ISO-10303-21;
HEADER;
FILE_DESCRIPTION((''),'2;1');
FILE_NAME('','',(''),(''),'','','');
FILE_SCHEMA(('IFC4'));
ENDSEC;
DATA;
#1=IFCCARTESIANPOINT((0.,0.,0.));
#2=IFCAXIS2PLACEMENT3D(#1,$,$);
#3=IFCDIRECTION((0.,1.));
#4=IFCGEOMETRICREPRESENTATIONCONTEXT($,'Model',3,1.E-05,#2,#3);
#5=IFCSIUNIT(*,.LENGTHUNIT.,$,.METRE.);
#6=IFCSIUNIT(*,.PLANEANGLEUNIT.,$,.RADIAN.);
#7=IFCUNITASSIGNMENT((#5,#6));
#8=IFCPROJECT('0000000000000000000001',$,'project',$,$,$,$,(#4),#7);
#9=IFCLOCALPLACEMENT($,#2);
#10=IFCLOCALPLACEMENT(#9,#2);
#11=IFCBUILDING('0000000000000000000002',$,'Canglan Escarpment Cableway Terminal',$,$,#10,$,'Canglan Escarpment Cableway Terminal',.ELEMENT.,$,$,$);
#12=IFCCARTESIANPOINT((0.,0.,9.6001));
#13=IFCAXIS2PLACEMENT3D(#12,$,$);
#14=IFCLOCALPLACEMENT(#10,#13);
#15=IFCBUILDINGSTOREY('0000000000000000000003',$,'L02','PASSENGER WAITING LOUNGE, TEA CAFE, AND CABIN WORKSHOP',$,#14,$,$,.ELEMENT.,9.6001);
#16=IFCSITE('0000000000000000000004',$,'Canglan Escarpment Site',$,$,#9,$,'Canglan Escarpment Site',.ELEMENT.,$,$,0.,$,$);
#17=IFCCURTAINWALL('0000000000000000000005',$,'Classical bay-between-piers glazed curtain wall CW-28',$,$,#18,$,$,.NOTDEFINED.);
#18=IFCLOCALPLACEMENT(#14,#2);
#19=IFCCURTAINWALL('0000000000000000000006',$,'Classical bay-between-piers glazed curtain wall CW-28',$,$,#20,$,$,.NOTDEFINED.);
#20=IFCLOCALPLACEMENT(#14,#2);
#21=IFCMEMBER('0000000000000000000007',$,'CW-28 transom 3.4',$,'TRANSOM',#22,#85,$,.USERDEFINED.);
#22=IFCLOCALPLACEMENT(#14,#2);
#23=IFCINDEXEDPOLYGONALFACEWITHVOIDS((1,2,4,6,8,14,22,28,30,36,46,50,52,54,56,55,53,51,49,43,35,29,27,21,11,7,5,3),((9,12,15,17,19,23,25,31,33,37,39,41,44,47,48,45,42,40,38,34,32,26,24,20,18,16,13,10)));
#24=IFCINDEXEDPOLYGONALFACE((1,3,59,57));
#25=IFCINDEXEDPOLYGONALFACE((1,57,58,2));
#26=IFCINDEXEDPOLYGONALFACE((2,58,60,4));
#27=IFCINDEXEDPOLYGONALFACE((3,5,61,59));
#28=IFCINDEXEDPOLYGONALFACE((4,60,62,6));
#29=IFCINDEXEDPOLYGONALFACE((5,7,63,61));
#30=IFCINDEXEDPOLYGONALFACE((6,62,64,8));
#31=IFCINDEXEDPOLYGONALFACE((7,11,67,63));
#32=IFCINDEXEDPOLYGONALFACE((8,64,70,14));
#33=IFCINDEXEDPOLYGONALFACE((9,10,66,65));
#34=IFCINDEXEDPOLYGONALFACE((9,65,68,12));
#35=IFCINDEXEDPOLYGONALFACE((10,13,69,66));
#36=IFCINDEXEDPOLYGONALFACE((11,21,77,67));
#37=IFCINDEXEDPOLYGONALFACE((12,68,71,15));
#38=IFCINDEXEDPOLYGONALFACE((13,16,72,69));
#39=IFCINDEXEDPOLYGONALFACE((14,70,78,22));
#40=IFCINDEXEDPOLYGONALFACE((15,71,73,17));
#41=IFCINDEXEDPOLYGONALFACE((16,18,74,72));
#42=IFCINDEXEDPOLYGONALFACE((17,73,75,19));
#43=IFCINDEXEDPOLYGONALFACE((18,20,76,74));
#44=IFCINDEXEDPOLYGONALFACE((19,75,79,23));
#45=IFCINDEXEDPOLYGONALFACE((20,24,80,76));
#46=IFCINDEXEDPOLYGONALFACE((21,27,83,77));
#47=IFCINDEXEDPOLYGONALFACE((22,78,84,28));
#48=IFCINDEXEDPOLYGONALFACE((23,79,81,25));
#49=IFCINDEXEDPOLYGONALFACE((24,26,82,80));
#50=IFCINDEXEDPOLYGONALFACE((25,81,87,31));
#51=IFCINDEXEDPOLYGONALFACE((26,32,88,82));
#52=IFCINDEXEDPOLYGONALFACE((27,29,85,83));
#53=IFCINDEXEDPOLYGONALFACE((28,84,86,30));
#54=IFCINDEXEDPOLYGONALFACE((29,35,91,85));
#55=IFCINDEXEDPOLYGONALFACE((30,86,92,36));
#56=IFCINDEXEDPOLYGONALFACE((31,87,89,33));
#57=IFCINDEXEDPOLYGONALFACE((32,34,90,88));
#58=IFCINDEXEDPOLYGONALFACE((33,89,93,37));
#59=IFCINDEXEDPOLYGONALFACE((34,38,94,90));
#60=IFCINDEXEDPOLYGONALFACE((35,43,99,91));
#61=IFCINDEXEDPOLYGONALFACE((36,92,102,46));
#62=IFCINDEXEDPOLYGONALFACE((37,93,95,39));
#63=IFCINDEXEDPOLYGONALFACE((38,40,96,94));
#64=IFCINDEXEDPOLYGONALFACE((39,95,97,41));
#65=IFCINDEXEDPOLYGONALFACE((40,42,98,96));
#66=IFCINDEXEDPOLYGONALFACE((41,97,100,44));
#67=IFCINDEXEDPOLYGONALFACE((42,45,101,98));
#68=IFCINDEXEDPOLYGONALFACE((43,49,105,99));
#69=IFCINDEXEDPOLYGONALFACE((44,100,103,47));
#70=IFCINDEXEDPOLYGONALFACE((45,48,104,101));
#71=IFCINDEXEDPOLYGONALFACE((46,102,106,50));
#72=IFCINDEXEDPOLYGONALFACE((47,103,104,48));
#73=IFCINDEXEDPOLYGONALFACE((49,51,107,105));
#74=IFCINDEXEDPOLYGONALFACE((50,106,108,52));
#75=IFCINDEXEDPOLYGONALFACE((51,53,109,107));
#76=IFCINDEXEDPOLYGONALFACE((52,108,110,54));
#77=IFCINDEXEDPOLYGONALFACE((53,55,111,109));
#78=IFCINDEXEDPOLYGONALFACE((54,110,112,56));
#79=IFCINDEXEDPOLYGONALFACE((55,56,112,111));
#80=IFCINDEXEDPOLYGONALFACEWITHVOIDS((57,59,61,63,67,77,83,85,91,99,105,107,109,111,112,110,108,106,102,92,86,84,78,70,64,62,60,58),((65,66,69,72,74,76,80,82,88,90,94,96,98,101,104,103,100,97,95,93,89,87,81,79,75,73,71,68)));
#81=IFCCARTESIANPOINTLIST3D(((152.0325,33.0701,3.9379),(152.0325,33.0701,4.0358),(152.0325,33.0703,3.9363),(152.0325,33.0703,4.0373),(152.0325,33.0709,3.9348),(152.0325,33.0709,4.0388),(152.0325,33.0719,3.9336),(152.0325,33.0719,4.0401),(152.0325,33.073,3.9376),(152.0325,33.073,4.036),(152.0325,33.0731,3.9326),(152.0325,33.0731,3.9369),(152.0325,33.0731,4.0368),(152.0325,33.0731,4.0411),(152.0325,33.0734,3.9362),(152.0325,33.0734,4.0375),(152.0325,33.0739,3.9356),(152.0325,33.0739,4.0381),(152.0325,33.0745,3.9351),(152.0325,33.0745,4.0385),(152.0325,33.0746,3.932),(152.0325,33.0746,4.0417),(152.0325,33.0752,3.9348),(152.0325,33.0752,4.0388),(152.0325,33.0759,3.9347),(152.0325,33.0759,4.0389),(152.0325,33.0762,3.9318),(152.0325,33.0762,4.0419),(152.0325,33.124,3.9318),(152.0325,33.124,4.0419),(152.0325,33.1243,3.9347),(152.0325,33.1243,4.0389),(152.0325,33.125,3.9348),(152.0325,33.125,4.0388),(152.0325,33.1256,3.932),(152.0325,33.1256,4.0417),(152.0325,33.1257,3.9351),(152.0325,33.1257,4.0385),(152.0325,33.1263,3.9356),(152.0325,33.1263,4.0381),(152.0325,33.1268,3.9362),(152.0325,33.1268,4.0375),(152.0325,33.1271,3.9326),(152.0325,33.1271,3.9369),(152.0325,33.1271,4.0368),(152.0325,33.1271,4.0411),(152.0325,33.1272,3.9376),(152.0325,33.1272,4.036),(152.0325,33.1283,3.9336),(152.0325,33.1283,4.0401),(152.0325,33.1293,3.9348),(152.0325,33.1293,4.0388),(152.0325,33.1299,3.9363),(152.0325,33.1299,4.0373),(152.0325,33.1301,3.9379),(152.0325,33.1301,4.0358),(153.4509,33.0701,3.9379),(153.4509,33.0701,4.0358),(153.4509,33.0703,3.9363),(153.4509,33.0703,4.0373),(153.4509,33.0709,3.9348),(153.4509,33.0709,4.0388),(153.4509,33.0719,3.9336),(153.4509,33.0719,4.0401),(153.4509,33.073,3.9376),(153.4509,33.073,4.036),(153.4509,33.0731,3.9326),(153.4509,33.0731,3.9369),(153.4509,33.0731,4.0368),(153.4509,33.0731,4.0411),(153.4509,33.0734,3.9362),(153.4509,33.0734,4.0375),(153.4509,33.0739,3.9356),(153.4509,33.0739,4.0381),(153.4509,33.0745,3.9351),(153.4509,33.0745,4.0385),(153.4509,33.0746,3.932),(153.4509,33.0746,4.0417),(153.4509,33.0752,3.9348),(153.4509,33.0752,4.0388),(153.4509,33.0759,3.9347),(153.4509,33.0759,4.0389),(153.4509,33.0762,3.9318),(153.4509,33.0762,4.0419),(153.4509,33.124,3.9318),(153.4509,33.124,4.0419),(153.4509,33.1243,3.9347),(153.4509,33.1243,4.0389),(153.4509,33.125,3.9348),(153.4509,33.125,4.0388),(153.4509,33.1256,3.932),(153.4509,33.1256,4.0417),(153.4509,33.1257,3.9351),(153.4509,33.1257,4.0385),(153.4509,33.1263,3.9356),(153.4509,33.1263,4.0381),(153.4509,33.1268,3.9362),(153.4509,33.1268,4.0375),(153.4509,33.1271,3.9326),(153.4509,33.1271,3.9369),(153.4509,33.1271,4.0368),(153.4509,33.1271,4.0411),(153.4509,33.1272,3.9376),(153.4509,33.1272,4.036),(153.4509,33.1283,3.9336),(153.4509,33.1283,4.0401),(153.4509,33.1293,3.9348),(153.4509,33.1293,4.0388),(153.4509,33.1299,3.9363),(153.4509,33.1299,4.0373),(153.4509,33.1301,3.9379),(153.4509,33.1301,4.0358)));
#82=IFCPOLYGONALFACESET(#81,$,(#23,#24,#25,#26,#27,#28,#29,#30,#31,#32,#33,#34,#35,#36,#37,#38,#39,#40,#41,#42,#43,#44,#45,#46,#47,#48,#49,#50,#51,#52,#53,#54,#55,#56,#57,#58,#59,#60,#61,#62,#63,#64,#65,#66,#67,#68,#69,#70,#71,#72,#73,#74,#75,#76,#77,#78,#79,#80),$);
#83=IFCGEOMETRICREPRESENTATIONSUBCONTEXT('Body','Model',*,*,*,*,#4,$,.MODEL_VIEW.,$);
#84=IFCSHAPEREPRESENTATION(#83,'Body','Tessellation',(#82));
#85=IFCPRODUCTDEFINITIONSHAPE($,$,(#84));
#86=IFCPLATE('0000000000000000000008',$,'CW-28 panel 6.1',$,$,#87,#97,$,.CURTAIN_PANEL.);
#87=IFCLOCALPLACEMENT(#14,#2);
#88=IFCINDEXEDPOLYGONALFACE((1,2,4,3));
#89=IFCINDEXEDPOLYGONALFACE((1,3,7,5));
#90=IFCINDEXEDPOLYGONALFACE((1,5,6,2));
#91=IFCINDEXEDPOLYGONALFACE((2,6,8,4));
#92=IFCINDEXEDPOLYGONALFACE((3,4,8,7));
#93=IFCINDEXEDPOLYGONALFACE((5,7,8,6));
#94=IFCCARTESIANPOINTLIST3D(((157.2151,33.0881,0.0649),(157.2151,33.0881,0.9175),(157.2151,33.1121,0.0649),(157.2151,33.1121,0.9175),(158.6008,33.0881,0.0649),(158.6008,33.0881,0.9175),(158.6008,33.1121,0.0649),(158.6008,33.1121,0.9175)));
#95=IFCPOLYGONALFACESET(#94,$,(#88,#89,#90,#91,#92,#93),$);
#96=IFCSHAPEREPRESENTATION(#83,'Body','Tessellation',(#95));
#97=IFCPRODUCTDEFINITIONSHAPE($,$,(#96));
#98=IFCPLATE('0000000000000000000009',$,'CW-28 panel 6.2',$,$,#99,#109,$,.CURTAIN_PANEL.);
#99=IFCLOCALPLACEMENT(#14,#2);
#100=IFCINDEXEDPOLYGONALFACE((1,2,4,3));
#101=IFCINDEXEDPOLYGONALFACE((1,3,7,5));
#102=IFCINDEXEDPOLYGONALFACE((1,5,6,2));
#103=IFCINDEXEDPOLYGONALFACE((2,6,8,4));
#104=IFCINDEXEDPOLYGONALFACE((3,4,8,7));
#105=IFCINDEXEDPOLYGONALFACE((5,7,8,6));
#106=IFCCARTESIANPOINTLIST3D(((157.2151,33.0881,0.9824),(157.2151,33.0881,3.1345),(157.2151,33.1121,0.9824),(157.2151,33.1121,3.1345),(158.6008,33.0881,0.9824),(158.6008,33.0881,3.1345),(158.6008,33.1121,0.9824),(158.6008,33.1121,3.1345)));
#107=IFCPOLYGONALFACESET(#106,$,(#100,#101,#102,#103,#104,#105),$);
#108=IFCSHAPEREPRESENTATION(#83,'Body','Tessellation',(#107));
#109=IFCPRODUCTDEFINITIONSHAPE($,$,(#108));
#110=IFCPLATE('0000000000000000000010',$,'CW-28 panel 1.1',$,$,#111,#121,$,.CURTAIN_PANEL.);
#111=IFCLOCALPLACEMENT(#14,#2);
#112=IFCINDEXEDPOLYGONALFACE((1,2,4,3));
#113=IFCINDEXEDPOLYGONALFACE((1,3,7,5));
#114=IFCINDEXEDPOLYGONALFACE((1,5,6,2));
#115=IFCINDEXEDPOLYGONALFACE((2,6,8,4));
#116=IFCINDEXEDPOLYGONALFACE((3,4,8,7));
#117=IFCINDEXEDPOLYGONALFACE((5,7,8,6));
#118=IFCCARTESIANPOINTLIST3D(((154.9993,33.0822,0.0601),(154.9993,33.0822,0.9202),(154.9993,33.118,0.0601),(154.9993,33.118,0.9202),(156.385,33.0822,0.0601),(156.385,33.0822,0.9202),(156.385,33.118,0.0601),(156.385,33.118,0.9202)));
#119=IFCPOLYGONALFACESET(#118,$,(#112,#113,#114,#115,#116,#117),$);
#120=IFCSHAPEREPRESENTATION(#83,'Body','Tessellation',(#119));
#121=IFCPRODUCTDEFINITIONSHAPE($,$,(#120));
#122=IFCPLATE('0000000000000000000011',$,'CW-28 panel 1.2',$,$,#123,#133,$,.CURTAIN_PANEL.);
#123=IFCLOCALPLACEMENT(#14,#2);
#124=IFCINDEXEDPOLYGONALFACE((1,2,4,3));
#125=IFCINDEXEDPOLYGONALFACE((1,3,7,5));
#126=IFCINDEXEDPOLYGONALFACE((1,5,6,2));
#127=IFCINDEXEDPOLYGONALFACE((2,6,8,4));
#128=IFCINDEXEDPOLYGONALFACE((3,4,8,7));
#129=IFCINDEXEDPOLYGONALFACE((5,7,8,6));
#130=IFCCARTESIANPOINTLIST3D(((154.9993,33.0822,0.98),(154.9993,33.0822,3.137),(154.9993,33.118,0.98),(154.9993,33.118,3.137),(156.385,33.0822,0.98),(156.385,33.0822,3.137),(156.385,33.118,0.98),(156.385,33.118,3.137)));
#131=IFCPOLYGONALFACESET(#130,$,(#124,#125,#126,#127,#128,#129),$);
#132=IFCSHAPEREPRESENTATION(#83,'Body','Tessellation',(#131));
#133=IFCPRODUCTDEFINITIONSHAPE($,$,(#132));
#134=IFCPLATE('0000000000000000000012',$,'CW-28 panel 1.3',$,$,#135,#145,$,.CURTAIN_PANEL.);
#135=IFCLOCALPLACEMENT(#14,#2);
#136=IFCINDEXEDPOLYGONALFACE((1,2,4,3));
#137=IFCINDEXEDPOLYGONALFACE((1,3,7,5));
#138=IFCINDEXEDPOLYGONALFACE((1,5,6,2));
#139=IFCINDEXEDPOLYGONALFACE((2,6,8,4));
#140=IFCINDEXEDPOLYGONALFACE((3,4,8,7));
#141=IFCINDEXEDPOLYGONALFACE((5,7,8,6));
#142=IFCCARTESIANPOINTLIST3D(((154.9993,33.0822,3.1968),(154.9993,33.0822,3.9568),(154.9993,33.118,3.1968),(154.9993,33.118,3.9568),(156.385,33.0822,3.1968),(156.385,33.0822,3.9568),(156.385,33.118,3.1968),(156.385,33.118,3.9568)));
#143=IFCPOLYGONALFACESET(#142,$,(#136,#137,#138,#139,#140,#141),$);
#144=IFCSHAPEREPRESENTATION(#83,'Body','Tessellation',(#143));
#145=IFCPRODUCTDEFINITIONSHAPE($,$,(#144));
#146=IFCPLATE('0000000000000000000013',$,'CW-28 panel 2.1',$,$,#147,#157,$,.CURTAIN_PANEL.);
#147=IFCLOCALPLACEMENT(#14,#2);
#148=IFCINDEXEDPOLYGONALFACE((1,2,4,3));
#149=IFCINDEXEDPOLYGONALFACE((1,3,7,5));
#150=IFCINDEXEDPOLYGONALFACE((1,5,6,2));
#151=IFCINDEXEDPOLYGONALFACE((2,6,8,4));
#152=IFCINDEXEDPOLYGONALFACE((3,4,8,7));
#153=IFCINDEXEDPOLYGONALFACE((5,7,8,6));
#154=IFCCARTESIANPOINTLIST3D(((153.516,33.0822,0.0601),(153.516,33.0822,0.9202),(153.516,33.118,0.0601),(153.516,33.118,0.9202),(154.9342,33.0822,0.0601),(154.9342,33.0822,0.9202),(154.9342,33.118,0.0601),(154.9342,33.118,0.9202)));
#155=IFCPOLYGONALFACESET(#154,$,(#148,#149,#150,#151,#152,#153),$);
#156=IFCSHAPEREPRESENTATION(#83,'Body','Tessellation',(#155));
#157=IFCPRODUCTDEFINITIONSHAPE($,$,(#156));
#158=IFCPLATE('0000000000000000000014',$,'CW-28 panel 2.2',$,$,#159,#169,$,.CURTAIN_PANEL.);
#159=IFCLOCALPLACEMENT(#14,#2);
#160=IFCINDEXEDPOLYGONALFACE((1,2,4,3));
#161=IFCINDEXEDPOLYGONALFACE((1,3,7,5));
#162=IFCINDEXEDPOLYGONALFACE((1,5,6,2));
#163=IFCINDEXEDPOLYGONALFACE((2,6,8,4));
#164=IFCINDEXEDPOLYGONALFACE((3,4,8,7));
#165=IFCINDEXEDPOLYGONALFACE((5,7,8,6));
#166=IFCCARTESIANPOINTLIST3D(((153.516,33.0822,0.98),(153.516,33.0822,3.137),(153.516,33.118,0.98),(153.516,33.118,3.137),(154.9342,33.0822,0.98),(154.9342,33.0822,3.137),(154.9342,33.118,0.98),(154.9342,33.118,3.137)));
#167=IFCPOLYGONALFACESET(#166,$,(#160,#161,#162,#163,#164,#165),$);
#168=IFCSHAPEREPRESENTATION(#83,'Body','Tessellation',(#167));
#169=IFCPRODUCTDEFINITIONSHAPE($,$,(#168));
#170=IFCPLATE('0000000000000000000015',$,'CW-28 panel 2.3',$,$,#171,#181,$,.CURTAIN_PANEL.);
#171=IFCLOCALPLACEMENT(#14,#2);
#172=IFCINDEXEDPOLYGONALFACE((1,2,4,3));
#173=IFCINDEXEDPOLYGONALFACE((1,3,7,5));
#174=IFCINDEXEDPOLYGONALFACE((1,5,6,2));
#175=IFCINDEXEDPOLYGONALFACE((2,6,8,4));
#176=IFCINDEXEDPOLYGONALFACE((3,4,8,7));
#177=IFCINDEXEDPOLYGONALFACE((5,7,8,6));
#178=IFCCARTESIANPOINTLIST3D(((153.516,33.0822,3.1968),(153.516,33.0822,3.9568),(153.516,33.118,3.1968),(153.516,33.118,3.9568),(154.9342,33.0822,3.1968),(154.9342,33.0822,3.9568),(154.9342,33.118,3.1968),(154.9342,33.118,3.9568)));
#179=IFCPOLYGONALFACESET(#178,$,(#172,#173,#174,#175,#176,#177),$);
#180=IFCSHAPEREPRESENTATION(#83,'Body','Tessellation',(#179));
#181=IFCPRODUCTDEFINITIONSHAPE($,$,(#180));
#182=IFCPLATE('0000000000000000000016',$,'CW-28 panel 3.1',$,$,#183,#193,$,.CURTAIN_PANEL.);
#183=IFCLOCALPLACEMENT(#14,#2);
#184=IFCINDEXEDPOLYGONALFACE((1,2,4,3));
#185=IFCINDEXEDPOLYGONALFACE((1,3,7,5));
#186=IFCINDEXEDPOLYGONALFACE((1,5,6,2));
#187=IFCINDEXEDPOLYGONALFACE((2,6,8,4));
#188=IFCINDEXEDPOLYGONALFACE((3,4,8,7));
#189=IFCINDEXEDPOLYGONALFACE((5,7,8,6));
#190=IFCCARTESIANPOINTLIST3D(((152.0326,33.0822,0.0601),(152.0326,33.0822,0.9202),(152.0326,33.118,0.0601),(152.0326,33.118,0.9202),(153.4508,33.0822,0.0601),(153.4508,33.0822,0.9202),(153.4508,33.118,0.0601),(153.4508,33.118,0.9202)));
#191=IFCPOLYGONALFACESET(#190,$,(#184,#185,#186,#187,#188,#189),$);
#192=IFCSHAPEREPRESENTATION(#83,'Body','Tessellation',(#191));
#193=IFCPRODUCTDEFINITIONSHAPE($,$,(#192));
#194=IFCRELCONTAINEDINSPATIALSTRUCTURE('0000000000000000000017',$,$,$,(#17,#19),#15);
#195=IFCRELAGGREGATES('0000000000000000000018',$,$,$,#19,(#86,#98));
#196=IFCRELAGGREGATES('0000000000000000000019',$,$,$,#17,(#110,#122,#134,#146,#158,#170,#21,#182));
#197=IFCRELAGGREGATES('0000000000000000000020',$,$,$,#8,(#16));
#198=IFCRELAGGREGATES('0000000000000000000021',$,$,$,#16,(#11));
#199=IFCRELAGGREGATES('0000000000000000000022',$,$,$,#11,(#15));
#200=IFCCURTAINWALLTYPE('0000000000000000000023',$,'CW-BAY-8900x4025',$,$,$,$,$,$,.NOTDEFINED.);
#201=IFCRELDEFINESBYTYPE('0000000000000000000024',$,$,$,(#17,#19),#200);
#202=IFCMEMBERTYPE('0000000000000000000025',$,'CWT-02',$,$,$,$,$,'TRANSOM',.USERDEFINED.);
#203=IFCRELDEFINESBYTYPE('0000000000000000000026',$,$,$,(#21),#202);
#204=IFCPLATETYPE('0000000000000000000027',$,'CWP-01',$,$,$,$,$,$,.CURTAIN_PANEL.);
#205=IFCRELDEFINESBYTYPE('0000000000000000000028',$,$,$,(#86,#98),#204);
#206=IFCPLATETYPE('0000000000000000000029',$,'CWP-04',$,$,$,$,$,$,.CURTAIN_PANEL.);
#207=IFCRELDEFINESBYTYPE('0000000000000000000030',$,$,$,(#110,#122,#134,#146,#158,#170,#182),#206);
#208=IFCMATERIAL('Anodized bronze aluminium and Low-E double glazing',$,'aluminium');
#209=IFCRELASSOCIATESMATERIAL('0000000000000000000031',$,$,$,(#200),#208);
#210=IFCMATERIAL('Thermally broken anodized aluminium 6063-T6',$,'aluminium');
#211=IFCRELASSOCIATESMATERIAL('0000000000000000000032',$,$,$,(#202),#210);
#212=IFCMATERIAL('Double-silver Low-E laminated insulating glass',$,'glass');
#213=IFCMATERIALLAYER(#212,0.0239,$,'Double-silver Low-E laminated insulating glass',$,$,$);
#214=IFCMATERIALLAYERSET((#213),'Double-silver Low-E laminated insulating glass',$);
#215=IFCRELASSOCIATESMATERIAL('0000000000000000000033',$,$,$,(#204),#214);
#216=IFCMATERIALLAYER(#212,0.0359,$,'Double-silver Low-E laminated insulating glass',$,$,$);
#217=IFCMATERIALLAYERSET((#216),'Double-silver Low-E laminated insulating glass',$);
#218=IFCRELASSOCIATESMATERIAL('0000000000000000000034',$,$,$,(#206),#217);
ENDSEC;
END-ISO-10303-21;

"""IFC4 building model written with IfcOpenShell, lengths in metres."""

from ifc_helpers import new_model, si_unit, direction, frame, origin, origin_2d, place, context, subcontext, project, spatial, rectangle, hollow_rectangle, extrude, material, layer, layer_set, material_profile, profile_set, type_object, element, aggregate, save


model = new_model("IFC4")

# Units and contexts
model_context = context("Model", 3, precision=1e-05, world=origin(), true_north=direction((0.0, 1.0)))
body_context = subcontext(model_context, "Body", "Model", "MODEL_VIEW")
ifc_project = project(units=[si_unit("LENGTHUNIT", "METRE"), si_unit("PLANEANGLEUNIT", "RADIAN")], contexts=[model_context])

# Site, building, storey
site_placement = place(None, origin())
site = spatial("IfcSite", under=ifc_project, at=site_placement, Name="Canglan Escarpment Site", LongName="Canglan Escarpment Site", CompositionType="ELEMENT", RefElevation=0.0)
building_placement = place(site_placement, origin())
building = spatial("IfcBuilding", under=site, at=building_placement, Name="Canglan Escarpment Cableway Terminal", LongName="Canglan Escarpment Cableway Terminal", CompositionType="ELEMENT")
storey_placement = place(building_placement, frame((0.0, 0.0, 9.6001)))
storey = spatial("IfcBuildingStorey", under=building, at=storey_placement, Name="L02", Description="PASSENGER WAITING LOUNGE, TEA CAFE, AND CABIN WORKSHOP", CompositionType="ELEMENT", Elevation=9.6001)

# Curtain wall
ifc_material_1 = material(Name="Anodized bronze aluminium and Low-E double glazing", Category="aluminium")
curtain_wall_type = type_object("IfcCurtainWallType", Name="CW-BAY-8900x4025", PredefinedType="NOTDEFINED", material=ifc_material_1)
curtain_wall_1_placement = place(storey_placement, origin())
curtain_wall_1 = element("IfcCurtainWall", 1, at=curtain_wall_1_placement, inside=storey, type_object=curtain_wall_type, Name="Classical bay-between-piers glazed curtain wall CW-28", PredefinedType="NOTDEFINED")
ifc_material_2 = material(Name="Thermally broken anodized aluminium 6063-T6", Category="aluminium")

# Curtain wall
curtain_wall_2_placement = place(storey_placement, origin())
curtain_wall_2 = element("IfcCurtainWall", 2, at=curtain_wall_2_placement, inside=storey, type_object=curtain_wall_type, Name="Classical bay-between-piers glazed curtain wall CW-28", PredefinedType="NOTDEFINED")

# Member
ifc_material_profile_1 = material_profile(ifc_material_2, hollow_rectangle(XDim=0.0601, YDim=0.1101, WallThickness=0.0029, InnerFilletRadius=0.0029, OuterFilletRadius=0.0061, at=origin_2d()), Name="ALU-TRAN 60x110x3")
ifc_profile_set_1 = profile_set([ifc_material_profile_1], Name="Thermally broken anodized aluminium 6063-T6")
member_type_1 = type_object("IfcMemberType", Name="CWT-02", ElementType="TRANSOM", PredefinedType="USERDEFINED", material=ifc_profile_set_1)
member_1_placement = place(storey_placement, frame((153.4509, 33.1001, 3.9868), z_axis=(-1.0, 0.0, 0.0), x_axis=(0.0, -1.0, 0.0)))
member_1 = element("IfcMember", 3, at=member_1_placement, type_object=member_type_1, Name="CW-28 transom 3.4", ObjectType="TRANSOM", PredefinedType="USERDEFINED", context=body_context, shape_type="SweptSolid", body=[
    extrude(hollow_rectangle(XDim=0.0601, YDim=0.1101, WallThickness=0.0029, InnerFilletRadius=0.0029, OuterFilletRadius=0.0061, at=origin_2d()), origin(), (0.0, 0.0, 1.0), 1.4185),
])

# Plates
ifc_material_3 = material(Name="Double-silver Low-E laminated insulating glass", Category="glass")
ifc_layer_1 = layer(ifc_material_3, 0.0239, Name="Double-silver Low-E laminated insulating glass")
ifc_layer_set_1 = layer_set([ifc_layer_1], Name="Double-silver Low-E laminated insulating glass")
plate_type_1 = type_object("IfcPlateType", Name="CWP-01", PredefinedType="CURTAIN_PANEL", material=ifc_layer_set_1)
plate_1_placement = place(storey_placement, frame((157.908, 33.1001, 0.0649), z_axis=(0.0, 0.0, 1.0), x_axis=(-1.0, 0.0, 0.0)))
plate_1 = element("IfcPlate", 4, at=plate_1_placement, type_object=plate_type_1, Name="CW-28 panel 6.1", PredefinedType="CURTAIN_PANEL", context=body_context, shape_type="SweptSolid", body=[
    extrude(rectangle(XDim=1.3857, YDim=0.0239, at=origin_2d()), origin(), (0.0, 0.0, 1.0), 0.8525),
])
plate_2_placement = place(storey_placement, frame((157.908, 33.1001, 0.9824), z_axis=(0.0, 0.0, 1.0), x_axis=(-1.0, 0.0, 0.0)))
plate_2 = element("IfcPlate", 5, at=plate_2_placement, type_object=plate_type_1, Name="CW-28 panel 6.2", PredefinedType="CURTAIN_PANEL", context=body_context, shape_type="SweptSolid", body=[
    extrude(rectangle(XDim=1.3857, YDim=0.0239, at=origin_2d()), origin(), (0.0, 0.0, 1.0), 2.1521),
])
aggregate(curtain_wall_2, [plate_1, plate_2])
ifc_layer_2 = layer(ifc_material_3, 0.0359, Name="Double-silver Low-E laminated insulating glass")
ifc_layer_set_2 = layer_set([ifc_layer_2], Name="Double-silver Low-E laminated insulating glass")
plate_type_2 = type_object("IfcPlateType", Name="CWP-04", PredefinedType="CURTAIN_PANEL", material=ifc_layer_set_2)
plate_3_placement = place(storey_placement, frame((155.6921, 33.1001, 0.0601), z_axis=(0.0, 0.0, 1.0), x_axis=(-1.0, 0.0, 0.0)))
plate_3 = element("IfcPlate", 6, at=plate_3_placement, type_object=plate_type_2, Name="CW-28 panel 1.1", PredefinedType="CURTAIN_PANEL", context=body_context, shape_type="SweptSolid", body=[
    extrude(rectangle(XDim=1.3857, YDim=0.0359, at=origin_2d()), origin(), (0.0, 0.0, 1.0), 0.8601),
])
plate_4_placement = place(storey_placement, frame((155.6921, 33.1001, 0.98), z_axis=(0.0, 0.0, 1.0), x_axis=(-1.0, 0.0, 0.0)))
plate_4 = element("IfcPlate", 7, at=plate_4_placement, type_object=plate_type_2, Name="CW-28 panel 1.2", PredefinedType="CURTAIN_PANEL", context=body_context, shape_type="SweptSolid", body=[
    extrude(rectangle(XDim=1.3857, YDim=0.0359, at=origin_2d()), origin(), (0.0, 0.0, 1.0), 2.157),
])
plate_5_placement = place(storey_placement, frame((155.6921, 33.1001, 3.1968), z_axis=(0.0, 0.0, 1.0), x_axis=(-1.0, 0.0, 0.0)))
plate_5 = element("IfcPlate", 8, at=plate_5_placement, type_object=plate_type_2, Name="CW-28 panel 1.3", PredefinedType="CURTAIN_PANEL", context=body_context, shape_type="SweptSolid", body=[
    extrude(rectangle(XDim=1.3857, YDim=0.0359, at=origin_2d()), origin(), (0.0, 0.0, 1.0), 0.76),
])
plate_6_placement = place(storey_placement, frame((154.2251, 33.1001, 0.0601), z_axis=(0.0, 0.0, 1.0), x_axis=(-1.0, 0.0, 0.0)))
plate_6 = element("IfcPlate", 9, at=plate_6_placement, type_object=plate_type_2, Name="CW-28 panel 2.1", PredefinedType="CURTAIN_PANEL", context=body_context, shape_type="SweptSolid", body=[
    extrude(rectangle(XDim=1.4182, YDim=0.0359, at=origin_2d()), origin(), (0.0, 0.0, 1.0), 0.8601),
])
plate_7_placement = place(storey_placement, frame((154.2251, 33.1001, 0.98), z_axis=(0.0, 0.0, 1.0), x_axis=(-1.0, 0.0, 0.0)))
plate_7 = element("IfcPlate", 10, at=plate_7_placement, type_object=plate_type_2, Name="CW-28 panel 2.2", PredefinedType="CURTAIN_PANEL", context=body_context, shape_type="SweptSolid", body=[
    extrude(rectangle(XDim=1.4182, YDim=0.0359, at=origin_2d()), origin(), (0.0, 0.0, 1.0), 2.157),
])
plate_8_placement = place(storey_placement, frame((154.2251, 33.1001, 3.1968), z_axis=(0.0, 0.0, 1.0), x_axis=(-1.0, 0.0, 0.0)))
plate_8 = element("IfcPlate", 11, at=plate_8_placement, type_object=plate_type_2, Name="CW-28 panel 2.3", PredefinedType="CURTAIN_PANEL", context=body_context, shape_type="SweptSolid", body=[
    extrude(rectangle(XDim=1.4182, YDim=0.0359, at=origin_2d()), origin(), (0.0, 0.0, 1.0), 0.76),
])
plate_9_placement = place(storey_placement, frame((152.7417, 33.1001, 0.0601), z_axis=(0.0, 0.0, 1.0), x_axis=(-1.0, 0.0, 0.0)))
plate_9 = element("IfcPlate", 12, at=plate_9_placement, type_object=plate_type_2, Name="CW-28 panel 3.1", PredefinedType="CURTAIN_PANEL", context=body_context, shape_type="SweptSolid", body=[
    extrude(rectangle(XDim=1.4182, YDim=0.0359, at=origin_2d()), origin(), (0.0, 0.0, 1.0), 0.8601),
])
aggregate(curtain_wall_1, [plate_3, plate_4, plate_5, plate_6, plate_7, plate_8, member_1, plate_9])

save(model, "model.ifc")
